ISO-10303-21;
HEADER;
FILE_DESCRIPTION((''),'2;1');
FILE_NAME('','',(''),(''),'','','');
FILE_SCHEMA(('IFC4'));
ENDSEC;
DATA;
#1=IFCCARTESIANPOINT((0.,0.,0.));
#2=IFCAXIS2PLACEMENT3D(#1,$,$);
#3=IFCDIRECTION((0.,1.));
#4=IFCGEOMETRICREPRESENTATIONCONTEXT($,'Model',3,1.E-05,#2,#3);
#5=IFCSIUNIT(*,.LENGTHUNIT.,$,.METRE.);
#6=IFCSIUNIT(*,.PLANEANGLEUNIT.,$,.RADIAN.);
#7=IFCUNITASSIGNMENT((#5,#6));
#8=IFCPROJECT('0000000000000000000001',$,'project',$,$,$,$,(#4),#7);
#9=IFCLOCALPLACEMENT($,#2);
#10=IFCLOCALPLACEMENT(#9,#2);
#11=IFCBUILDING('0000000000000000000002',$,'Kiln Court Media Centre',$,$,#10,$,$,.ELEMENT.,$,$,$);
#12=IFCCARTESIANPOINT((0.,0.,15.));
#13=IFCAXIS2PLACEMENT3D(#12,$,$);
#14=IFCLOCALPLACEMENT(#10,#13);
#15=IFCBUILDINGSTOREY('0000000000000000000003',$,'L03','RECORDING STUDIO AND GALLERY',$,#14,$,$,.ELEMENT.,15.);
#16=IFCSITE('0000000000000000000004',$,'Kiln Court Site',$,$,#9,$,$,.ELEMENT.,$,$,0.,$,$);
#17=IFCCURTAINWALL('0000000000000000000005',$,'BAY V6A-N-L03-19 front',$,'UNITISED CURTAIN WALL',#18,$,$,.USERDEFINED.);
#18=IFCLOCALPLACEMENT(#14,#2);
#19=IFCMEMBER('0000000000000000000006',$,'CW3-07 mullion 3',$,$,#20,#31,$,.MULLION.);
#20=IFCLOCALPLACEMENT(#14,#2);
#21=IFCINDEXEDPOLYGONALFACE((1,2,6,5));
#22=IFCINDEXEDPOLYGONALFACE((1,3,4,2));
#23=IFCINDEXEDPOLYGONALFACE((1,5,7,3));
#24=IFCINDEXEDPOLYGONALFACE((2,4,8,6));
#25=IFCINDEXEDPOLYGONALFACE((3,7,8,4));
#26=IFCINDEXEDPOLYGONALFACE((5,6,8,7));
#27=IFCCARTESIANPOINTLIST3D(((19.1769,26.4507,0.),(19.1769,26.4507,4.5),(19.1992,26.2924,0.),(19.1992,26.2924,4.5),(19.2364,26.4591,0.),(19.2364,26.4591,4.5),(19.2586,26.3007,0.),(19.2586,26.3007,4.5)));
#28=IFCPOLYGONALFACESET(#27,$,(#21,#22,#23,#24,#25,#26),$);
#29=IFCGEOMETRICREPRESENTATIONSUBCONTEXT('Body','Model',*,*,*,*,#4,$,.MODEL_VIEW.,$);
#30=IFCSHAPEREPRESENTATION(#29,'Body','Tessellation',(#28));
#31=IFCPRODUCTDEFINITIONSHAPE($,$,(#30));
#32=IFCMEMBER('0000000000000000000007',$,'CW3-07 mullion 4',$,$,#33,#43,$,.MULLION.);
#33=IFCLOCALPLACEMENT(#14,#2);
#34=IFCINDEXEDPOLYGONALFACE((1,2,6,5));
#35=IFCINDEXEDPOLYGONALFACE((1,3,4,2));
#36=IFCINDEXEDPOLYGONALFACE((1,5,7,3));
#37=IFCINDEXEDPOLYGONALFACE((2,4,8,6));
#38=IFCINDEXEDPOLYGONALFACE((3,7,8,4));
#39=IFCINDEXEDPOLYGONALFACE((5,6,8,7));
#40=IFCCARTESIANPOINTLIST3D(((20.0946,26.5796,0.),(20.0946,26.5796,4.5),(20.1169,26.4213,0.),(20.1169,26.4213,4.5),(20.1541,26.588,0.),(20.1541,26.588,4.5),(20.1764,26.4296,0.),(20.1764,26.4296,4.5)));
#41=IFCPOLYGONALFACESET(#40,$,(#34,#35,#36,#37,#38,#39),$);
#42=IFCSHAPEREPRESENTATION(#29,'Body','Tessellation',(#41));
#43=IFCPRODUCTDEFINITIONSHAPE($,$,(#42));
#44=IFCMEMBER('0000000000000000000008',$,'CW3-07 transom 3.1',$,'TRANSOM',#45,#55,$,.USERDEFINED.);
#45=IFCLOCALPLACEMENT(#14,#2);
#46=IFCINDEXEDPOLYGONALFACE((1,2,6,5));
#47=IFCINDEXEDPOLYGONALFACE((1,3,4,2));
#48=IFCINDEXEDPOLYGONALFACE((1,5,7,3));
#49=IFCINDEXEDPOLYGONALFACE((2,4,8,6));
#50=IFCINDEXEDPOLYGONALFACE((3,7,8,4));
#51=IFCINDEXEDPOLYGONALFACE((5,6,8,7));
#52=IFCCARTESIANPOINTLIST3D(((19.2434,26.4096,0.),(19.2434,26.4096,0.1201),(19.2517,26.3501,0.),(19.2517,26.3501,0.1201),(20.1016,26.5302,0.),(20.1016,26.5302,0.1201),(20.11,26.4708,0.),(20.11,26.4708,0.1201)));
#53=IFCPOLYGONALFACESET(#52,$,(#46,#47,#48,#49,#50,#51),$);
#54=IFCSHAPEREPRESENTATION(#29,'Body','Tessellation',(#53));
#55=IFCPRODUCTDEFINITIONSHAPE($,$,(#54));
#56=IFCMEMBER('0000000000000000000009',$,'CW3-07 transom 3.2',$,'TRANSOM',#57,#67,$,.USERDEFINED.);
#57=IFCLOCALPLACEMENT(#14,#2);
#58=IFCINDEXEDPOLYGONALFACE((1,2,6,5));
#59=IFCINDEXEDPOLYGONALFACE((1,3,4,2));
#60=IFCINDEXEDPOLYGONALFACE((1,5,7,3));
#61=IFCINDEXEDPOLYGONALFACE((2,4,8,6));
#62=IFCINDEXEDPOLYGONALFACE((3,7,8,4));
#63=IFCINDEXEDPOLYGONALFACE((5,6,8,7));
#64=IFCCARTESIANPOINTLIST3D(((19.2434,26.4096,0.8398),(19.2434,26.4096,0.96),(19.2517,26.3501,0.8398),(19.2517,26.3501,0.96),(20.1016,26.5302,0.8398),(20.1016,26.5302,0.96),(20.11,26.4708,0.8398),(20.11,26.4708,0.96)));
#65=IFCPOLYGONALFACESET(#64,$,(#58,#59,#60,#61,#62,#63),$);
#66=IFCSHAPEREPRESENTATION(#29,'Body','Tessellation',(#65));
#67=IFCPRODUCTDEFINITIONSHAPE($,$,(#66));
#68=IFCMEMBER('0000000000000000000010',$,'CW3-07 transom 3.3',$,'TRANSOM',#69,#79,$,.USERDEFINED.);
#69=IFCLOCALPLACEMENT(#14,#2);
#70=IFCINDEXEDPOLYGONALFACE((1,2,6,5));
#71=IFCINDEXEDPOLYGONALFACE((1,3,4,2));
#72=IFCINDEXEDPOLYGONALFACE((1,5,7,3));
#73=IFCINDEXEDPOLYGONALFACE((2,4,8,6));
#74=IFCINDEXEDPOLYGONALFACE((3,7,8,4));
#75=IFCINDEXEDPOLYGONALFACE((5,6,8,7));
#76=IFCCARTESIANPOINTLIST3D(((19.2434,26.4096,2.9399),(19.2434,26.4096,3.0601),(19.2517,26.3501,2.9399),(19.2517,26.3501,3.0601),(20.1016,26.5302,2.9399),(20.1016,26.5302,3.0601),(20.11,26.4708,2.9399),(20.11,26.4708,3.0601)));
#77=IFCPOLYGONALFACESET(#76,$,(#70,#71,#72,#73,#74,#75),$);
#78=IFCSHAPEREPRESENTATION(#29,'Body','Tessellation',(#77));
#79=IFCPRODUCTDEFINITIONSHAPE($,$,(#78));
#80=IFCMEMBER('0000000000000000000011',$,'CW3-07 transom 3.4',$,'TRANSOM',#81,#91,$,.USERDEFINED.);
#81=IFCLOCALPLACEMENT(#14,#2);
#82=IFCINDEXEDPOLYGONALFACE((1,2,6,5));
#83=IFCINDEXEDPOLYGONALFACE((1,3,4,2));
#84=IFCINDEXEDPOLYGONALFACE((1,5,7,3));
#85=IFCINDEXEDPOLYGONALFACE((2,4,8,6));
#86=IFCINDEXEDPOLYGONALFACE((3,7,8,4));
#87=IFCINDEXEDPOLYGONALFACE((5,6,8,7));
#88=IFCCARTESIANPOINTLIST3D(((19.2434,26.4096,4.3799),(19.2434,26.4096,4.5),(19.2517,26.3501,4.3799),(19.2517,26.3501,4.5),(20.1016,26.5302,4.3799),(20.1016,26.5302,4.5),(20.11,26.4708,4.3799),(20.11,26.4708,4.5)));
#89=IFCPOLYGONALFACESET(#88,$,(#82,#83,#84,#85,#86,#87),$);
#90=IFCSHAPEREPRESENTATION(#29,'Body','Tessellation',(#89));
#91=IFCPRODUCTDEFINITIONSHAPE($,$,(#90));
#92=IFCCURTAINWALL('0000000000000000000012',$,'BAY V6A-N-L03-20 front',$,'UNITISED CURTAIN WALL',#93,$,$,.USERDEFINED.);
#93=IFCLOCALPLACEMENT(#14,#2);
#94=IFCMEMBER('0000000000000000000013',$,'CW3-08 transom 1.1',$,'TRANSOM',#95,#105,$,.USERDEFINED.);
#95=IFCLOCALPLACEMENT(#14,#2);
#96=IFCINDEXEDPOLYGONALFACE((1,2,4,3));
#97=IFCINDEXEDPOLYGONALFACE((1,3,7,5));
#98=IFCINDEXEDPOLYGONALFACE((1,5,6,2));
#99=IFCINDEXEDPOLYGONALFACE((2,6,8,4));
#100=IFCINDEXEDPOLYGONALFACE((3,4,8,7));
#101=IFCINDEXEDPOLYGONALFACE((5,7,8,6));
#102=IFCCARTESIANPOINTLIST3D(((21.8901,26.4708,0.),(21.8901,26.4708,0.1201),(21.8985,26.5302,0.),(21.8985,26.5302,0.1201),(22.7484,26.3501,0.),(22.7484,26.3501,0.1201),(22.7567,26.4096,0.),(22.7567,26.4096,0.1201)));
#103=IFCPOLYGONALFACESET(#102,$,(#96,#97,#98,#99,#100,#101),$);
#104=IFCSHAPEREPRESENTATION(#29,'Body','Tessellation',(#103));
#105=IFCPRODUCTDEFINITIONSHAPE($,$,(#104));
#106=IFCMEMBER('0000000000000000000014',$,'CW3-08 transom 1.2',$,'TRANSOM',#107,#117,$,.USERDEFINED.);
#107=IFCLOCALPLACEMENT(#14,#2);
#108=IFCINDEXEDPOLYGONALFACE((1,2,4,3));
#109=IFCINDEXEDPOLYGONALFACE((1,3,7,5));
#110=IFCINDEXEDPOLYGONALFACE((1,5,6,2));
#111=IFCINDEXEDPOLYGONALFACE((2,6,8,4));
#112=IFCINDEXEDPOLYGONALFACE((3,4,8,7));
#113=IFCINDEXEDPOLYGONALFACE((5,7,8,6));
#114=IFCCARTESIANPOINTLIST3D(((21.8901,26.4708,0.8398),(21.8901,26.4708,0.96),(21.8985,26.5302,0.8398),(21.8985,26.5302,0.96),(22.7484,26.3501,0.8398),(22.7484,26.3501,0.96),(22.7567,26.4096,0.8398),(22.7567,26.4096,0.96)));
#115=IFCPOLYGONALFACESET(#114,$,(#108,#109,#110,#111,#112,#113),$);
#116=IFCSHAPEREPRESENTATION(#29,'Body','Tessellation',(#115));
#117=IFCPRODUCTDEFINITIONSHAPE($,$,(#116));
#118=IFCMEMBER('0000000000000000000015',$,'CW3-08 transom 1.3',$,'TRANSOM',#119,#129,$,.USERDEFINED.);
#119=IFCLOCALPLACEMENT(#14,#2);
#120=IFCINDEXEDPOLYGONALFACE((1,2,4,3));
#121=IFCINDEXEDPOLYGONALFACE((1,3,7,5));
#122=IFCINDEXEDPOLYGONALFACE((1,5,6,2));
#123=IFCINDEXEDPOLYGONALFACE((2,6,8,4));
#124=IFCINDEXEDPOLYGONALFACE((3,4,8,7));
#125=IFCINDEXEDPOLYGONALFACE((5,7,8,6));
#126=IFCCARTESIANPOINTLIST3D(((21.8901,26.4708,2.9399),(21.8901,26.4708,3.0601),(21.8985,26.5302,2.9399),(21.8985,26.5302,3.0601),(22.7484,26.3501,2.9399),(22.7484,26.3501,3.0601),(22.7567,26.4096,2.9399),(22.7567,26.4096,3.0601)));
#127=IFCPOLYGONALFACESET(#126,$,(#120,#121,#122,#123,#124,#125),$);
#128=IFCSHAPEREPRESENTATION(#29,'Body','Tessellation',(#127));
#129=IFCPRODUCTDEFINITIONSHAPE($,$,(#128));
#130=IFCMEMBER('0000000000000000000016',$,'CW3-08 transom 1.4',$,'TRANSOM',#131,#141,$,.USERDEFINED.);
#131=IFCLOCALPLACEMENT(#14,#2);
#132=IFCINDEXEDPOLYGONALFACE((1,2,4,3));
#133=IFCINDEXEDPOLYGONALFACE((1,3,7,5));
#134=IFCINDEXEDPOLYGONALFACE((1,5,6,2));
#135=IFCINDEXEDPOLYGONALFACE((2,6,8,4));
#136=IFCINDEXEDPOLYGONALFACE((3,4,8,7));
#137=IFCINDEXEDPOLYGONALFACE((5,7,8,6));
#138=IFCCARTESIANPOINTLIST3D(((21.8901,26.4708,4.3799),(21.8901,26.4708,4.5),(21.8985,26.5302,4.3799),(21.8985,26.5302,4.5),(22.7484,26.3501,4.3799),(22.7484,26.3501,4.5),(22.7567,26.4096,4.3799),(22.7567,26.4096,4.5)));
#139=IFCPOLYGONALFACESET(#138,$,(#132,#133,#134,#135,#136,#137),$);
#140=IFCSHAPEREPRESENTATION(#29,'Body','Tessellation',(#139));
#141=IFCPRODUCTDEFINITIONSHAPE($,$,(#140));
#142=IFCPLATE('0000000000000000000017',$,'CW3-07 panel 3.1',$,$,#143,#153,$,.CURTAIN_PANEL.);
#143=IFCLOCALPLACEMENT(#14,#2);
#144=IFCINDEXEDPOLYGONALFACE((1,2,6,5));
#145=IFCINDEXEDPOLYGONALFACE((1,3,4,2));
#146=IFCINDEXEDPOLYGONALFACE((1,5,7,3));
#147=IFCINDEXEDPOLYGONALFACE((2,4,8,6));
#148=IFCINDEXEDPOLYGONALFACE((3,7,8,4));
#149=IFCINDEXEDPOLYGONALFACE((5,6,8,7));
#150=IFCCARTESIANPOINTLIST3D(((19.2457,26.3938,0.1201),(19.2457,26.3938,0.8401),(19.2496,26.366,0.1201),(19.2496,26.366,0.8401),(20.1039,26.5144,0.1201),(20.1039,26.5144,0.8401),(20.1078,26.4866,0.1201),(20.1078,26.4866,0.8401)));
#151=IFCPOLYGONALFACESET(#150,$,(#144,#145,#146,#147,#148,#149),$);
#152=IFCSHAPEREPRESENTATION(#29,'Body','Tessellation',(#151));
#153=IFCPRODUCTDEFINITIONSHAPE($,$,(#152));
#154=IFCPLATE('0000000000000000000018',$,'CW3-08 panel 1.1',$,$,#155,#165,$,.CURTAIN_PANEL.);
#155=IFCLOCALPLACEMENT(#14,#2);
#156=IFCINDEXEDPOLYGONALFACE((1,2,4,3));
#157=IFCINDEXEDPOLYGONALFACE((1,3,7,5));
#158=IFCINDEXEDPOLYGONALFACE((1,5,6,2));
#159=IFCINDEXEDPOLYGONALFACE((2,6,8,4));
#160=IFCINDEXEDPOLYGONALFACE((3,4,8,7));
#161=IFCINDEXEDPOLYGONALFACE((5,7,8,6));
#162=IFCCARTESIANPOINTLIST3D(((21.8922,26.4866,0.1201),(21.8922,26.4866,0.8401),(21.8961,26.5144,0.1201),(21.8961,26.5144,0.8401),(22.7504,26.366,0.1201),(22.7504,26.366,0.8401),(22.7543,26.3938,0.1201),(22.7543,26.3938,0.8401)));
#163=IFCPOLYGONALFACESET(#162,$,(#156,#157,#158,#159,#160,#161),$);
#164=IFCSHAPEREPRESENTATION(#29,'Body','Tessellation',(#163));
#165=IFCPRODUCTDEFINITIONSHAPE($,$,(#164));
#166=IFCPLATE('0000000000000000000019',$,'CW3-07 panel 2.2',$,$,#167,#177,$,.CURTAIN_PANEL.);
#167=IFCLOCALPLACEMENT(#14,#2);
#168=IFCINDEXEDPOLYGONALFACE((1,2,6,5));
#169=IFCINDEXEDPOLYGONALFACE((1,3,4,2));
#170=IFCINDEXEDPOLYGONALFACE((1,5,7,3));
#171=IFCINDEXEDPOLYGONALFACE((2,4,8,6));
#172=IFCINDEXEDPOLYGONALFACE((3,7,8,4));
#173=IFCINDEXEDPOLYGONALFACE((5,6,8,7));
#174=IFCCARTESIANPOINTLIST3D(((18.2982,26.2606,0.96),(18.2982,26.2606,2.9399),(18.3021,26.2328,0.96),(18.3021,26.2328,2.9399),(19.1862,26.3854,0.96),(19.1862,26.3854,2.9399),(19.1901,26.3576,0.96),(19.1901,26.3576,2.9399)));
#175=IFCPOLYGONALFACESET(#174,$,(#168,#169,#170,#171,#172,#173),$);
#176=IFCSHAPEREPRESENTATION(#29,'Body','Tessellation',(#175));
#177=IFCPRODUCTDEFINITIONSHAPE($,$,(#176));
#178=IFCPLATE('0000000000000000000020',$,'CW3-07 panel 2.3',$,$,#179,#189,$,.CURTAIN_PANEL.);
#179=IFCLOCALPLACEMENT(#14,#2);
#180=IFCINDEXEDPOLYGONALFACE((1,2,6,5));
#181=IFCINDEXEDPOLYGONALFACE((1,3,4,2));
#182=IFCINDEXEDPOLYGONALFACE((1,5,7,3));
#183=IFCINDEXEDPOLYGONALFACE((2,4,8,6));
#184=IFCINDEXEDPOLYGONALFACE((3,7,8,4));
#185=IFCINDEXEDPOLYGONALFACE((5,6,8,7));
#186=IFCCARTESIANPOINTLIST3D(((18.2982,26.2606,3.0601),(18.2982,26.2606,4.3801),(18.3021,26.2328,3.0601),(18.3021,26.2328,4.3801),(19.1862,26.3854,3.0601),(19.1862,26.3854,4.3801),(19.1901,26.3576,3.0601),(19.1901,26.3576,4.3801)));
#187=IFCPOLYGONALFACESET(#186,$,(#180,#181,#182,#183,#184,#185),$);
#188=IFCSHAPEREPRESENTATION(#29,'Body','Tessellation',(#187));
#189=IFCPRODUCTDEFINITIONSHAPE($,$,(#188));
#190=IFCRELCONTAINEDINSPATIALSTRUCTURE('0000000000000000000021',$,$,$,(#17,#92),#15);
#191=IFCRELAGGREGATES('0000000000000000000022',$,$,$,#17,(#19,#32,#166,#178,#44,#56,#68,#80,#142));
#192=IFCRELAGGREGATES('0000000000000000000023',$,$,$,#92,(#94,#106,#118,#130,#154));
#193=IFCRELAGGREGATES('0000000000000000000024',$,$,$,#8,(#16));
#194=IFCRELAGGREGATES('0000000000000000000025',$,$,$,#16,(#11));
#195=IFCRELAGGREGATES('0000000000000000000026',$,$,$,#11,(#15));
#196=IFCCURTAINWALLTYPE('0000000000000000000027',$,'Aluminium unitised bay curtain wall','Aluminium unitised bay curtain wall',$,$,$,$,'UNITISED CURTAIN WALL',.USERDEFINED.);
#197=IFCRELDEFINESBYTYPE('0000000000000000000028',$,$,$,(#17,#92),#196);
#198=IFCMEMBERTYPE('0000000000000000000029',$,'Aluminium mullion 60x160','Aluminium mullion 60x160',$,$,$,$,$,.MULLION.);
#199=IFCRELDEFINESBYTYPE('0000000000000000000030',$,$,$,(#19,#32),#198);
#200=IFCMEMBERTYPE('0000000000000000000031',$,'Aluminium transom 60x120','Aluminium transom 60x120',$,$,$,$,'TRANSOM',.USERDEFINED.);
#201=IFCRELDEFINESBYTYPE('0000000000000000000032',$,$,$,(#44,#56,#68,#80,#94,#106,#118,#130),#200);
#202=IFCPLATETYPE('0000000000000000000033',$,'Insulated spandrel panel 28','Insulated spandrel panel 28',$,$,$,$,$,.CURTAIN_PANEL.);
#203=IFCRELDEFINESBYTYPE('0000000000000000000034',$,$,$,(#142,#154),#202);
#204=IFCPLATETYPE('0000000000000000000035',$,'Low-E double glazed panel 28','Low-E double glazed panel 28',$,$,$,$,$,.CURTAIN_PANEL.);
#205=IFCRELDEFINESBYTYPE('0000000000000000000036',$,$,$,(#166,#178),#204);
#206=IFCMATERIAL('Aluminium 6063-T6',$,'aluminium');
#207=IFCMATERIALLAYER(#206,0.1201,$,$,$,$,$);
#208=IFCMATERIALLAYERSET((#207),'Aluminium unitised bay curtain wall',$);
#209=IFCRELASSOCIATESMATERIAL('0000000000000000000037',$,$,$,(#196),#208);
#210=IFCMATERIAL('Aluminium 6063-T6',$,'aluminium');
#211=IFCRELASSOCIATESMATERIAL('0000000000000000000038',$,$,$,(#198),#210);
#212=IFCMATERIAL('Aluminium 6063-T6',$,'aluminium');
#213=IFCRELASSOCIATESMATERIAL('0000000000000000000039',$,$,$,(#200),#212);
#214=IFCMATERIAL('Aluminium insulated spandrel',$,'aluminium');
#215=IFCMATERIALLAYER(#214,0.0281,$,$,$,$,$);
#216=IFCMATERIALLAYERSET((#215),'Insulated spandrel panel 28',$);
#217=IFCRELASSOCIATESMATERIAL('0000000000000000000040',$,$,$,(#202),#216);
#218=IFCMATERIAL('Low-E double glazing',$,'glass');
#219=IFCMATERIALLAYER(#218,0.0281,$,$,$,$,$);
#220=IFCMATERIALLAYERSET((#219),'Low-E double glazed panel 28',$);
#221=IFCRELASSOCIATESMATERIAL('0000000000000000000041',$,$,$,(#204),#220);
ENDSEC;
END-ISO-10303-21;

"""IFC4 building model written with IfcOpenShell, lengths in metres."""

from ifc_helpers import new_model, si_unit, direction, frame, origin, origin_2d, place, context, subcontext, project, spatial, rectangle, extrude, material, layer, layer_set, material_profile, profile_set, type_object, element, aggregate, save


model = new_model("IFC4")

# Units and contexts
model_context = context("Model", 3, precision=1e-05, world=origin(), true_north=direction((0.0, 1.0)))
body_context = subcontext(model_context, "Body", "Model", "MODEL_VIEW")
ifc_project = project(units=[si_unit("LENGTHUNIT", "METRE"), si_unit("PLANEANGLEUNIT", "RADIAN")], contexts=[model_context])

# Site, building, storey
site_placement = place(None, origin())
site = spatial("IfcSite", under=ifc_project, at=site_placement, Name="Kiln Court Site", CompositionType="ELEMENT", RefElevation=0.0)
building_placement = place(site_placement, origin())
building = spatial("IfcBuilding", under=site, at=building_placement, Name="Kiln Court Media Centre", CompositionType="ELEMENT")
storey_placement = place(building_placement, frame((0.0, 0.0, 15.0)))
storey = spatial("IfcBuildingStorey", under=building, at=storey_placement, Name="L03", Description="RECORDING STUDIO AND GALLERY", CompositionType="ELEMENT", Elevation=15.0)

# Curtain walls, members
ifc_material_1 = material(Name="Aluminium 6063-T6", Category="aluminium")
ifc_layer_1 = layer(ifc_material_1, 0.1201)
ifc_layer_set_1 = layer_set([ifc_layer_1], Name="Aluminium unitised bay curtain wall")
curtain_wall_type = type_object("IfcCurtainWallType", Name="Aluminium unitised bay curtain wall", Description="Aluminium unitised bay curtain wall", ElementType="UNITISED CURTAIN WALL", PredefinedType="USERDEFINED", material=ifc_layer_set_1)
curtain_wall_1_placement = place(storey_placement, origin())
curtain_wall_1 = element("IfcCurtainWall", 1, at=curtain_wall_1_placement, inside=storey, type_object=curtain_wall_type, Name="BAY V6A-N-L03-19 front", ObjectType="UNITISED CURTAIN WALL", PredefinedType="USERDEFINED")
ifc_material_2 = material(Name="Aluminium 6063-T6", Category="aluminium")
ifc_material_profile_1 = material_profile(ifc_material_2, rectangle(XDim=0.0601, YDim=0.1599, at=origin_2d()), Name="Aluminium mullion 60x160")
ifc_profile_set_1 = profile_set([ifc_material_profile_1], Name="Aluminium 6063-T6")
member_type_1 = type_object("IfcMemberType", Name="Aluminium mullion 60x160", Description="Aluminium mullion 60x160", PredefinedType="MULLION", material=ifc_profile_set_1)
member_1_placement = place(storey_placement, frame((19.2178, 26.3757, 0.0), z_axis=(0.0, 0.0, 1.0), x_axis=(0.99027, 0.139162, 0.0)))
member_1 = element("IfcMember", 2, at=member_1_placement, type_object=member_type_1, Name="CW3-07 mullion 3", PredefinedType="MULLION", context=body_context, shape_type="SweptSolid", body=[
    extrude(rectangle(XDim=0.0601, YDim=0.1599, at=origin_2d()), origin(), (0.0, 0.0, 1.0), 4.5),
])
member_2_placement = place(storey_placement, frame((20.1355, 26.5046, 0.0), z_axis=(0.0, 0.0, 1.0), x_axis=(0.99027, 0.139162, 0.0)))
member_2 = element("IfcMember", 3, at=member_2_placement, type_object=member_type_1, Name="CW3-07 mullion 4", PredefinedType="MULLION", context=body_context, shape_type="SweptSolid", body=[
    extrude(rectangle(XDim=0.0601, YDim=0.1599, at=origin_2d()), origin(), (0.0, 0.0, 1.0), 4.5),
])
ifc_material_3 = material(Name="Aluminium 6063-T6", Category="aluminium")
ifc_material_profile_2 = material_profile(ifc_material_3, rectangle(XDim=0.0601, YDim=0.1201, at=origin_2d()), Name="Aluminium transom 60x120")
ifc_profile_set_2 = profile_set([ifc_material_profile_2], Name="Aluminium 6063-T6")
member_type_2 = type_object("IfcMemberType", Name="Aluminium transom 60x120", Description="Aluminium transom 60x120", ElementType="TRANSOM", PredefinedType="USERDEFINED", material=ifc_profile_set_2)
member_3_placement = place(storey_placement, frame((19.2476, 26.3799, 0.0601), z_axis=(0.990268, 0.139173, 0.0), x_axis=(-0.139173, 0.990268, 0.0)))
member_3 = element("IfcMember", 4, at=member_3_placement, type_object=member_type_2, Name="CW3-07 transom 3.1", ObjectType="TRANSOM", PredefinedType="USERDEFINED", context=body_context, shape_type="SweptSolid", body=[
    extrude(rectangle(XDim=0.0601, YDim=0.1201, at=origin_2d()), origin(), (0.0, 0.0, 1.0), 0.8667),
])
member_4_placement = place(storey_placement, frame((19.2476, 26.3799, 0.8999), z_axis=(0.990268, 0.139173, 0.0), x_axis=(-0.139173, 0.990268, 0.0)))
member_4 = element("IfcMember", 5, at=member_4_placement, type_object=member_type_2, Name="CW3-07 transom 3.2", ObjectType="TRANSOM", PredefinedType="USERDEFINED", context=body_context, shape_type="SweptSolid", body=[
    extrude(rectangle(XDim=0.0601, YDim=0.1201, at=origin_2d()), origin(), (0.0, 0.0, 1.0), 0.8667),
])
member_5_placement = place(storey_placement, frame((19.2476, 26.3799, 3.0), z_axis=(0.990268, 0.139173, 0.0), x_axis=(-0.139173, 0.990268, 0.0)))
member_5 = element("IfcMember", 6, at=member_5_placement, type_object=member_type_2, Name="CW3-07 transom 3.3", ObjectType="TRANSOM", PredefinedType="USERDEFINED", context=body_context, shape_type="SweptSolid", body=[
    extrude(rectangle(XDim=0.0601, YDim=0.1201, at=origin_2d()), origin(), (0.0, 0.0, 1.0), 0.8667),
])
member_6_placement = place(storey_placement, frame((19.2476, 26.3799, 4.4399), z_axis=(0.990268, 0.139173, 0.0), x_axis=(-0.139173, 0.990268, 0.0)))
member_6 = element("IfcMember", 7, at=member_6_placement, type_object=member_type_2, Name="CW3-07 transom 3.4", ObjectType="TRANSOM", PredefinedType="USERDEFINED", context=body_context, shape_type="SweptSolid", body=[
    extrude(rectangle(XDim=0.0601, YDim=0.1201, at=origin_2d()), origin(), (0.0, 0.0, 1.0), 0.8667),
])
curtain_wall_2_placement = place(storey_placement, origin())
curtain_wall_2 = element("IfcCurtainWall", 8, at=curtain_wall_2_placement, inside=storey, type_object=curtain_wall_type, Name="BAY V6A-N-L03-20 front", ObjectType="UNITISED CURTAIN WALL", PredefinedType="USERDEFINED")
member_7_placement = place(storey_placement, frame((21.8943, 26.5005, 0.0601), z_axis=(0.990268, -0.139173, 0.0), x_axis=(0.139173, 0.990268, 0.0)))
member_7 = element("IfcMember", 9, at=member_7_placement, type_object=member_type_2, Name="CW3-08 transom 1.1", ObjectType="TRANSOM", PredefinedType="USERDEFINED", context=body_context, shape_type="SweptSolid", body=[
    extrude(rectangle(XDim=0.0601, YDim=0.1201, at=origin_2d()), origin(), (0.0, 0.0, 1.0), 0.8667),
])
member_8_placement = place(storey_placement, frame((21.8943, 26.5005, 0.8999), z_axis=(0.990268, -0.139173, 0.0), x_axis=(0.139173, 0.990268, 0.0)))
member_8 = element("IfcMember", 10, at=member_8_placement, type_object=member_type_2, Name="CW3-08 transom 1.2", ObjectType="TRANSOM", PredefinedType="USERDEFINED", context=body_context, shape_type="SweptSolid", body=[
    extrude(rectangle(XDim=0.0601, YDim=0.1201, at=origin_2d()), origin(), (0.0, 0.0, 1.0), 0.8667),
])
member_9_placement = place(storey_placement, frame((21.8943, 26.5005, 3.0), z_axis=(0.990268, -0.139173, 0.0), x_axis=(0.139173, 0.990268, 0.0)))
member_9 = element("IfcMember", 11, at=member_9_placement, type_object=member_type_2, Name="CW3-08 transom 1.3", ObjectType="TRANSOM", PredefinedType="USERDEFINED", context=body_context, shape_type="SweptSolid", body=[
    extrude(rectangle(XDim=0.0601, YDim=0.1201, at=origin_2d()), origin(), (0.0, 0.0, 1.0), 0.8667),
])
member_10_placement = place(storey_placement, frame((21.8943, 26.5005, 4.4399), z_axis=(0.990268, -0.139173, 0.0), x_axis=(0.139173, 0.990268, 0.0)))
member_10 = element("IfcMember", 12, at=member_10_placement, type_object=member_type_2, Name="CW3-08 transom 1.4", ObjectType="TRANSOM", PredefinedType="USERDEFINED", context=body_context, shape_type="SweptSolid", body=[
    extrude(rectangle(XDim=0.0601, YDim=0.1201, at=origin_2d()), origin(), (0.0, 0.0, 1.0), 0.8667),
])

# Plates
ifc_material_4 = material(Name="Aluminium insulated spandrel", Category="aluminium")
ifc_layer_2 = layer(ifc_material_4, 0.0281)
ifc_layer_set_2 = layer_set([ifc_layer_2], Name="Insulated spandrel panel 28")
plate_type_1 = type_object("IfcPlateType", Name="Insulated spandrel panel 28", Description="Insulated spandrel panel 28", PredefinedType="CURTAIN_PANEL", material=ifc_layer_set_2)
plate_1_placement = place(storey_placement, frame((19.6768, 26.4402, 0.1201), z_axis=(0.0, 0.0, 1.0), x_axis=(0.99027, 0.139162, 0.0)))
plate_1 = element("IfcPlate", 13, at=plate_1_placement, type_object=plate_type_1, Name="CW3-07 panel 3.1", PredefinedType="CURTAIN_PANEL", context=body_context, shape_type="SweptSolid", body=[
    extrude(rectangle(XDim=0.8667, YDim=0.0281, at=origin_2d()), origin(), (0.0, 0.0, 1.0), 0.72),
])
plate_2_placement = place(storey_placement, frame((22.3232, 26.4402, 0.1201), z_axis=(0.0, 0.0, 1.0), x_axis=(0.99027, -0.139162, 0.0)))
plate_2 = element("IfcPlate", 14, at=plate_2_placement, type_object=plate_type_1, Name="CW3-08 panel 1.1", PredefinedType="CURTAIN_PANEL", context=body_context, shape_type="SweptSolid", body=[
    extrude(rectangle(XDim=0.8667, YDim=0.0281, at=origin_2d()), origin(), (0.0, 0.0, 1.0), 0.72),
])
ifc_material_5 = material(Name="Low-E double glazing", Category="glass")
ifc_layer_3 = layer(ifc_material_5, 0.0281)
ifc_layer_set_3 = layer_set([ifc_layer_3], Name="Low-E double glazed panel 28")
plate_type_2 = type_object("IfcPlateType", Name="Low-E double glazed panel 28", Description="Low-E double glazed panel 28", PredefinedType="CURTAIN_PANEL", material=ifc_layer_set_3)
plate_3_placement = place(storey_placement, frame((18.7441, 26.3091, 0.96), z_axis=(0.0, 0.0, 1.0), x_axis=(0.99027, 0.139162, 0.0)))
plate_3 = element("IfcPlate", 15, at=plate_3_placement, type_object=plate_type_2, Name="CW3-07 panel 2.2", PredefinedType="CURTAIN_PANEL", context=body_context, shape_type="SweptSolid", body=[
    extrude(rectangle(XDim=0.8967, YDim=0.0281, at=origin_2d()), origin(), (0.0, 0.0, 1.0), 1.98),
])
plate_4_placement = place(storey_placement, frame((18.7441, 26.3091, 3.0601), z_axis=(0.0, 0.0, 1.0), x_axis=(0.99027, 0.139162, 0.0)))
plate_4 = element("IfcPlate", 16, at=plate_4_placement, type_object=plate_type_2, Name="CW3-07 panel 2.3", PredefinedType="CURTAIN_PANEL", context=body_context, shape_type="SweptSolid", body=[
    extrude(rectangle(XDim=0.8967, YDim=0.0281, at=origin_2d()), origin(), (0.0, 0.0, 1.0), 1.3201),
])
aggregate(curtain_wall_1, [member_1, member_2, plate_3, plate_4, member_3, member_4, member_5, member_6, plate_1])
aggregate(curtain_wall_2, [member_7, member_8, member_9, member_10, plate_2])

save(model, "model.ifc")
